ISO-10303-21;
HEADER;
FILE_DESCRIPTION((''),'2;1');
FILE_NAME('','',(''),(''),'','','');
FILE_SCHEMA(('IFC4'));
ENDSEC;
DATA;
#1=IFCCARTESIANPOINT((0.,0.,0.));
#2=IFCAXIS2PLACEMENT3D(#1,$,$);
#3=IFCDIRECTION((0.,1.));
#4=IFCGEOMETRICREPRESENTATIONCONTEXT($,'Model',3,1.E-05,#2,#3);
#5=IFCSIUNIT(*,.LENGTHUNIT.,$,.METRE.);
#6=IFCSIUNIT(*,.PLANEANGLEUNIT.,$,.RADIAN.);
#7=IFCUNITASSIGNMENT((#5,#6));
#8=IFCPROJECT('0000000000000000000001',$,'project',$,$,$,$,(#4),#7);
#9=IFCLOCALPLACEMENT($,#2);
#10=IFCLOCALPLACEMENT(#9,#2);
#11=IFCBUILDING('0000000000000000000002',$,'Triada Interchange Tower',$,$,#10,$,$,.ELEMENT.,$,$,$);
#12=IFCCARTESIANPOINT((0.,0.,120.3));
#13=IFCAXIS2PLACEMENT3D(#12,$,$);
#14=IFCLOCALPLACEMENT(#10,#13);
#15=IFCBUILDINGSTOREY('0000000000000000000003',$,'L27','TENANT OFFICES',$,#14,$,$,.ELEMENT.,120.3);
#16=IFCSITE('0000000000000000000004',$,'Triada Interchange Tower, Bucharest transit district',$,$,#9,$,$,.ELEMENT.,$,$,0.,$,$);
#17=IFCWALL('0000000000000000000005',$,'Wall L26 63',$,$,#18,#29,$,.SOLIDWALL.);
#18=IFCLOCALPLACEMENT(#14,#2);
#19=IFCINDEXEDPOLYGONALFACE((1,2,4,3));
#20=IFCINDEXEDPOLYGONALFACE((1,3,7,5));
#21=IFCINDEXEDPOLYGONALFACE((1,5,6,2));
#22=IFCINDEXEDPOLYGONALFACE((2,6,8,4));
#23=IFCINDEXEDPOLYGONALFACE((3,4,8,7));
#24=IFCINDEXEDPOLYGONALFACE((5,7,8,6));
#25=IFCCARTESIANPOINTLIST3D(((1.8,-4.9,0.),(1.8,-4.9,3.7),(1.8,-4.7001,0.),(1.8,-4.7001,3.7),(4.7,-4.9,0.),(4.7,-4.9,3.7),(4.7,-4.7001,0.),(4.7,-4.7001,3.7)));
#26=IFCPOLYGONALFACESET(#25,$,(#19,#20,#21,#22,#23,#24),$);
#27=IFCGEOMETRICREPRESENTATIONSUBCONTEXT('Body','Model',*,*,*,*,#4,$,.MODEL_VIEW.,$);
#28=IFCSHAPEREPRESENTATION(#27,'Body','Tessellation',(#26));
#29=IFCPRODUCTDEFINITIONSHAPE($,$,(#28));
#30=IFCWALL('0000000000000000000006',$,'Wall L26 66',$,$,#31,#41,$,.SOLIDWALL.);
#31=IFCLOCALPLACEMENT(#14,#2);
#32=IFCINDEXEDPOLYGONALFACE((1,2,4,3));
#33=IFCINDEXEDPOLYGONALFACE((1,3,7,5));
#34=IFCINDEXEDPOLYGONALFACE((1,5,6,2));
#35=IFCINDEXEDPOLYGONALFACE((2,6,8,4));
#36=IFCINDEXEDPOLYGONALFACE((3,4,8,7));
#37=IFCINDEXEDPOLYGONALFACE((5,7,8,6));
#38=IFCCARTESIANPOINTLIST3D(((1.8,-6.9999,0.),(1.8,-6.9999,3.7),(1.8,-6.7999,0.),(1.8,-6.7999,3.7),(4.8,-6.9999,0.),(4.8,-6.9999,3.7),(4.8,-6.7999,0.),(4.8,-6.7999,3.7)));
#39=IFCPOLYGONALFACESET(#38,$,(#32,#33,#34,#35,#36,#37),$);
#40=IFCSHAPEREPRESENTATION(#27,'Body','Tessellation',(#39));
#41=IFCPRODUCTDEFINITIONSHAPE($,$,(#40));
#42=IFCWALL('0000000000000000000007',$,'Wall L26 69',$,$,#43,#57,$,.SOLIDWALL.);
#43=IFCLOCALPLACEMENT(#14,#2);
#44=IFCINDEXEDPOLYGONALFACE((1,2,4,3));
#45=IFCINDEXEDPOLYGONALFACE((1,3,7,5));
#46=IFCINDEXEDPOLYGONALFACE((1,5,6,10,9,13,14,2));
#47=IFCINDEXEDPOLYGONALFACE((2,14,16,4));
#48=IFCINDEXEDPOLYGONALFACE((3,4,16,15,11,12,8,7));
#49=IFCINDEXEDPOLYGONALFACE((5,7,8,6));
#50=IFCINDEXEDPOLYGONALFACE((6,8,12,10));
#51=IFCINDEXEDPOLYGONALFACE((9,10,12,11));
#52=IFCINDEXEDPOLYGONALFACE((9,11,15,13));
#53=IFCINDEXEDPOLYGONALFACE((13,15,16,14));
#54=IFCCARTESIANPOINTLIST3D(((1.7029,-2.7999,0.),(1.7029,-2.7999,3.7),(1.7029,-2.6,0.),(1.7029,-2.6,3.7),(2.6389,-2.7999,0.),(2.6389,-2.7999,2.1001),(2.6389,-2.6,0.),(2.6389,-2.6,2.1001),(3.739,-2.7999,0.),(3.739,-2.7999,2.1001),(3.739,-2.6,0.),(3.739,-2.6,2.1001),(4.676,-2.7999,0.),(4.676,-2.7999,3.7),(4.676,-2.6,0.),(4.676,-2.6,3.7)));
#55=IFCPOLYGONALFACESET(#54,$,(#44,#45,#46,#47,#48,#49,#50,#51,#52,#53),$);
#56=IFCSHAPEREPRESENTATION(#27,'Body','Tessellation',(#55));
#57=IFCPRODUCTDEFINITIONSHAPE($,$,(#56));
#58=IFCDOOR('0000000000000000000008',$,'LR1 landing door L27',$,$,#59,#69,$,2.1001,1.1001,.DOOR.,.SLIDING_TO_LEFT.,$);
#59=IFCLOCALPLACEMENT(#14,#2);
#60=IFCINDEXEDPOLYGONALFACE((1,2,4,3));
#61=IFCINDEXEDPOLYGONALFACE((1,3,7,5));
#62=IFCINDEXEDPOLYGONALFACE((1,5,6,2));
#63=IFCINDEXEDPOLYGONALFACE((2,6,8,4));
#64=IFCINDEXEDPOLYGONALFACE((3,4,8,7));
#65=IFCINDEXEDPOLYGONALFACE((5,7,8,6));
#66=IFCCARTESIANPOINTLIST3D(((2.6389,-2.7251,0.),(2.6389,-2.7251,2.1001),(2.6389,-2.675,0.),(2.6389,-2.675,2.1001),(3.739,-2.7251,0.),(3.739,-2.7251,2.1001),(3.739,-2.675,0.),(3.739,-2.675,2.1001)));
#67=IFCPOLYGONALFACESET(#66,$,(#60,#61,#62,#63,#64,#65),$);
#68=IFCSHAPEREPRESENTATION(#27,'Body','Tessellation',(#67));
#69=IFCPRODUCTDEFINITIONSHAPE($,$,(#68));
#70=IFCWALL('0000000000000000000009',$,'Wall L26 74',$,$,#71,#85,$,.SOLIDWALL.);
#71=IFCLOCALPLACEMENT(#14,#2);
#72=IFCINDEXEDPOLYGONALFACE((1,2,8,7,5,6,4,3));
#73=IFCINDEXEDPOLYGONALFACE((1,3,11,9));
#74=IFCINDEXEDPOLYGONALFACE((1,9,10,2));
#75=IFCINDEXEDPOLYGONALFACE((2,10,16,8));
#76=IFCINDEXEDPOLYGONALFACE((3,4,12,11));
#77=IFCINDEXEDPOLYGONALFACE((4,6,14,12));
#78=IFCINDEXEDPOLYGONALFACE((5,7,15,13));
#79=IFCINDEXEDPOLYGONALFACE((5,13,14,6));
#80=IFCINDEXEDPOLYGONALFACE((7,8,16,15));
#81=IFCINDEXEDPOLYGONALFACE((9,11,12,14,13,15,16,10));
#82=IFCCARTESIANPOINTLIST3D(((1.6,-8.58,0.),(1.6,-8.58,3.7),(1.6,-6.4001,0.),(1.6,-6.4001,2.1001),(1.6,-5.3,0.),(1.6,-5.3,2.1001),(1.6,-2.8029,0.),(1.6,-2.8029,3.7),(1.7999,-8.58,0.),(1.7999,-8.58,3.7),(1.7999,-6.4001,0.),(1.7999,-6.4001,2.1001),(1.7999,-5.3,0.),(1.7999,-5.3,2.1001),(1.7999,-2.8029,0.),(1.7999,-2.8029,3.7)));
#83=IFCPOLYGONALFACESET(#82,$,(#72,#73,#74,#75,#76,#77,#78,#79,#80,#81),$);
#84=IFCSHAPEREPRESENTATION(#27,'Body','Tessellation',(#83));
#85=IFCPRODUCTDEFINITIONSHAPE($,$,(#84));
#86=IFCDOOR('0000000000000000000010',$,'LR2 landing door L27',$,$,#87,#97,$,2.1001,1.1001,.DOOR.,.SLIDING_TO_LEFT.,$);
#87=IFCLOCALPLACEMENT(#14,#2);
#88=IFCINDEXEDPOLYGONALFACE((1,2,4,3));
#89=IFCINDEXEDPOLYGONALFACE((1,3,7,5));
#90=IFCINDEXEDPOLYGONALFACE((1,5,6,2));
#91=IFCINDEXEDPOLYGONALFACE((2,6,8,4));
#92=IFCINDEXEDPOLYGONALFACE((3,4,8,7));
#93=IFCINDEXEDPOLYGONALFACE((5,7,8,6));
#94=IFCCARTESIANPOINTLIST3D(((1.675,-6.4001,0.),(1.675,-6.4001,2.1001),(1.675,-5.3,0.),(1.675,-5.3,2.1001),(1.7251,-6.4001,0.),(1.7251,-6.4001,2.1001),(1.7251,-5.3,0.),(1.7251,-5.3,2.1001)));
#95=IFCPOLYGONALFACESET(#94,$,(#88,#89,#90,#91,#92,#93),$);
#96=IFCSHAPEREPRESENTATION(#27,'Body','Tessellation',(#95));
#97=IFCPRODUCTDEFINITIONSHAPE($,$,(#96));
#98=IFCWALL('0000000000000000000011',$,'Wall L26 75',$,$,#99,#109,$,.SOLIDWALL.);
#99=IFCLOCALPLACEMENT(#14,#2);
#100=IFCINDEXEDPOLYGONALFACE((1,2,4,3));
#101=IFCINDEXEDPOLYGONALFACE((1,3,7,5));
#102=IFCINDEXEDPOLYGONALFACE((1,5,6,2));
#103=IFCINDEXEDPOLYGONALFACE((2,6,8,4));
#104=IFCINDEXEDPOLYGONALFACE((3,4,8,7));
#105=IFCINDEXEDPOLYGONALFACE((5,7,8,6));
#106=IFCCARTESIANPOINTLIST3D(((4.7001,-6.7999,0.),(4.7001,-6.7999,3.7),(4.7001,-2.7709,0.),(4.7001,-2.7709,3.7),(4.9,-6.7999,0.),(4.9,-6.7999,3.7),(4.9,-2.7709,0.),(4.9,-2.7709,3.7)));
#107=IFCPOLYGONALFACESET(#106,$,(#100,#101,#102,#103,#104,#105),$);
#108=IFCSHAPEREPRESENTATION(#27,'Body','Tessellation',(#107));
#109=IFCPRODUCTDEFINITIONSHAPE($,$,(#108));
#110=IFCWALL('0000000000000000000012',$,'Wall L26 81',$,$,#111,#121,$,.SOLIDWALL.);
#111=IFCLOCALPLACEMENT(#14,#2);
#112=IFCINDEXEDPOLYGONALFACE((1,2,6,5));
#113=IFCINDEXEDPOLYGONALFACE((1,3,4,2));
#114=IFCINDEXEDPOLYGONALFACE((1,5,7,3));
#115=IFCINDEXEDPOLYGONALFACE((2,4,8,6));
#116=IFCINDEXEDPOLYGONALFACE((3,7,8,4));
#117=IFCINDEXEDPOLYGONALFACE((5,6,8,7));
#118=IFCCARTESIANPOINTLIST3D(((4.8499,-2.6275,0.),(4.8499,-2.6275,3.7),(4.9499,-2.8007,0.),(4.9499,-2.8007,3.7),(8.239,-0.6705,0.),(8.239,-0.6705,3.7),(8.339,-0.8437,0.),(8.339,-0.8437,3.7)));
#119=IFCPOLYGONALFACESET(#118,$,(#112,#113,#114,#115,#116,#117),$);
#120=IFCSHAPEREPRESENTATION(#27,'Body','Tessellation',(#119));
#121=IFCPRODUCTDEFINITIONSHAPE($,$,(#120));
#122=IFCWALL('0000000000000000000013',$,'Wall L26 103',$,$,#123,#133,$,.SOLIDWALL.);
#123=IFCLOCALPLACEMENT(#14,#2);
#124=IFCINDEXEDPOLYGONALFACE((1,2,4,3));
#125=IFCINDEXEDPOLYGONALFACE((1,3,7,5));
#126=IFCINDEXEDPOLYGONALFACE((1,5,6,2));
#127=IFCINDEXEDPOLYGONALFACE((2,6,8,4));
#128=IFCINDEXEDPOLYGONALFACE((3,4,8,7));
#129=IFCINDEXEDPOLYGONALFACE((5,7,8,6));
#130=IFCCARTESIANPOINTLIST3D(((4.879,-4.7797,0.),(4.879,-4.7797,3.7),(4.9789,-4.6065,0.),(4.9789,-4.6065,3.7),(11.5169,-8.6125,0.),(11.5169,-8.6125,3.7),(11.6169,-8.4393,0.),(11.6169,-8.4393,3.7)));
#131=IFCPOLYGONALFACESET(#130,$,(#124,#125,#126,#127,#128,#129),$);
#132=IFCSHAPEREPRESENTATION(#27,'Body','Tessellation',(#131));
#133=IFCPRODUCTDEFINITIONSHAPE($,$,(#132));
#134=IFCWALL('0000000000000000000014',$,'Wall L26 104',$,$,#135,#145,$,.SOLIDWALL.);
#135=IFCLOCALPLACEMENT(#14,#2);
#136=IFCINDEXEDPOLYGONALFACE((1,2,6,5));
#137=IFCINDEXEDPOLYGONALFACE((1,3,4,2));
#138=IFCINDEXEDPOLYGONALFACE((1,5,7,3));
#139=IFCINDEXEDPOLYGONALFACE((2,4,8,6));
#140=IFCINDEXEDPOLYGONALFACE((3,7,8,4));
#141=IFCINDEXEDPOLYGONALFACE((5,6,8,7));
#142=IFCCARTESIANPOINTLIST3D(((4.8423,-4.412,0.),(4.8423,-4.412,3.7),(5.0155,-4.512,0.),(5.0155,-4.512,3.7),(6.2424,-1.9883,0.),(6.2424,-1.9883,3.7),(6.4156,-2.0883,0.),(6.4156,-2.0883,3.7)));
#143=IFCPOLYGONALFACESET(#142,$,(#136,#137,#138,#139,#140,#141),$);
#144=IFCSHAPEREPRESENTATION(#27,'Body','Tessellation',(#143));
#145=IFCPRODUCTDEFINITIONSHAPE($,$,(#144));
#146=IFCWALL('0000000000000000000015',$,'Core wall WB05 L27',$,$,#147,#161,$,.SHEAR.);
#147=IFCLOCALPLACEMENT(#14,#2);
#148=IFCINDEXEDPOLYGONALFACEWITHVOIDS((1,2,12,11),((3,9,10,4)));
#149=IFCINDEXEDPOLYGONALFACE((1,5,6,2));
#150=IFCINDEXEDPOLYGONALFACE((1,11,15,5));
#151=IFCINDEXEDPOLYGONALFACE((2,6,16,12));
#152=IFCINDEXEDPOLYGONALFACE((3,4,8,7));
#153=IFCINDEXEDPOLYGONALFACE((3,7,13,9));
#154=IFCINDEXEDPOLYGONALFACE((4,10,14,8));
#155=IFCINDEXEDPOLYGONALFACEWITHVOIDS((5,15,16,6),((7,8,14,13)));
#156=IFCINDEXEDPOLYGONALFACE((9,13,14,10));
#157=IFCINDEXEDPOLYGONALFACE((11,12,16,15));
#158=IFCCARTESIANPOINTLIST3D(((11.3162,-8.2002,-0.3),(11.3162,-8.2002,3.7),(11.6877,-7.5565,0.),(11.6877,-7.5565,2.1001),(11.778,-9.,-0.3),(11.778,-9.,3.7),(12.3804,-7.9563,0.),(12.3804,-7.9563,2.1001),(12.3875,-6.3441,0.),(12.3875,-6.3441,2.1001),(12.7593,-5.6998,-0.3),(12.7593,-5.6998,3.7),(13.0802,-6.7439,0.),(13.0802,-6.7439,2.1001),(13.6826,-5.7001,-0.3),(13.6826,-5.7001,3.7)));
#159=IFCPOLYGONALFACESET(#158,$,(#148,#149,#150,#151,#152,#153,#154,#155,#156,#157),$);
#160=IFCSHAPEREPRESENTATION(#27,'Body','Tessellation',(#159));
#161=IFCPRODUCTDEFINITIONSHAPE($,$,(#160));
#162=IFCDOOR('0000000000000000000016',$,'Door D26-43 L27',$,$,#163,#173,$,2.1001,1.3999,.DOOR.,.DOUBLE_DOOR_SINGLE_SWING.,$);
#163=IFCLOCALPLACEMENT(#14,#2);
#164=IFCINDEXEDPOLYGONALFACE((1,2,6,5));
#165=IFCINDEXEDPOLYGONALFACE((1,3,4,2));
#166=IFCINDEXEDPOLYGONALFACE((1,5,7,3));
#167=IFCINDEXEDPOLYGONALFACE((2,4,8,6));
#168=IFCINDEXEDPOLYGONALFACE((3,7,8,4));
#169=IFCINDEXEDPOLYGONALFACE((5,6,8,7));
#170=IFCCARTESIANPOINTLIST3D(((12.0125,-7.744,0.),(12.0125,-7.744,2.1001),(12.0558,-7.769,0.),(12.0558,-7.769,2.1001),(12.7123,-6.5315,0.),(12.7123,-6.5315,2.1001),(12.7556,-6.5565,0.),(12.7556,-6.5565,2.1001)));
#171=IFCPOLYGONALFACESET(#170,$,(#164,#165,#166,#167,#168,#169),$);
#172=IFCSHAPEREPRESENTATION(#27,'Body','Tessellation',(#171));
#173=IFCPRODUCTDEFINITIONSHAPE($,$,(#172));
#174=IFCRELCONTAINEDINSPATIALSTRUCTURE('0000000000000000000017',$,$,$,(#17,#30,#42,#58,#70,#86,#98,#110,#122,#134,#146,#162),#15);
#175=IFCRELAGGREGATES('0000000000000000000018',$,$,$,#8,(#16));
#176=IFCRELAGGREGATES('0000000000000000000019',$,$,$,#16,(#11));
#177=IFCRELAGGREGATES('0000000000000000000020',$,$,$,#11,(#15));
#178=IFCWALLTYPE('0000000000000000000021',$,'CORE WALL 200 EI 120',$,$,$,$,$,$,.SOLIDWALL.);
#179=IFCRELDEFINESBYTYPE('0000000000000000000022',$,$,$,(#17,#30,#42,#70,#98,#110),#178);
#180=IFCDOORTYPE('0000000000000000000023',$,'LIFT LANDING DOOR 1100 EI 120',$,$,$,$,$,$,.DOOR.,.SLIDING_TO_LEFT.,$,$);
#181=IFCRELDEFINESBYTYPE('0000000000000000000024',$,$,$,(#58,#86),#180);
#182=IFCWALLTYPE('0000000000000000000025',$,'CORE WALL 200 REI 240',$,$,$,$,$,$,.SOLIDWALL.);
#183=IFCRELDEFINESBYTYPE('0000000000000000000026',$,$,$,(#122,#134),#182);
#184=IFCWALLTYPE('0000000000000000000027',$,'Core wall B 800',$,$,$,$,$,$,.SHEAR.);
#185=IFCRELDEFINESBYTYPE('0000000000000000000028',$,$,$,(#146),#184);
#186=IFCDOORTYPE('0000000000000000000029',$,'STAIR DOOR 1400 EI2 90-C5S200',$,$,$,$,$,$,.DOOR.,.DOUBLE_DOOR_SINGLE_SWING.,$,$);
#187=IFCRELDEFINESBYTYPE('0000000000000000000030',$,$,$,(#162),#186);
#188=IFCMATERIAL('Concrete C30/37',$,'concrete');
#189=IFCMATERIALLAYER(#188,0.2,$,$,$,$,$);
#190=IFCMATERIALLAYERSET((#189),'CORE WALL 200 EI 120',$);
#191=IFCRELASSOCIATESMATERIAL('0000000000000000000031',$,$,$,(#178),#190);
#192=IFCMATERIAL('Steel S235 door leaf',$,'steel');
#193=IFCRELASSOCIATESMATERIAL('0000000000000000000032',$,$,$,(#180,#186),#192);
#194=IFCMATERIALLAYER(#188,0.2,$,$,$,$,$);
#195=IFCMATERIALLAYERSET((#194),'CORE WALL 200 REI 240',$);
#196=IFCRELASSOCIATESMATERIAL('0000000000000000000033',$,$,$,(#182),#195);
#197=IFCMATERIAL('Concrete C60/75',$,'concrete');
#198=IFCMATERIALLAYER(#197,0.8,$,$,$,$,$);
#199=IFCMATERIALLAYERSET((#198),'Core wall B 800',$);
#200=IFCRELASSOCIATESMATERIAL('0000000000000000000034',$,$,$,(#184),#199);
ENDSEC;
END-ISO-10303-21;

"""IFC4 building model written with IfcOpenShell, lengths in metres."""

from ifc_helpers import new_model, si_unit, direction, frame, frame_2d, origin, place, context, subcontext, project, spatial, polyline, rectangle, outline, extrude, material, layer, layer_set, type_object, element, fill, save


model = new_model("IFC4")

# Units and contexts
model_context = context("Model", 3, precision=1e-05, world=origin(), true_north=direction((0.0, 1.0)))
body_context = subcontext(model_context, "Body", "Model", "MODEL_VIEW")
ifc_project = project(units=[si_unit("LENGTHUNIT", "METRE"), si_unit("PLANEANGLEUNIT", "RADIAN")], contexts=[model_context])

# Site, building, storey
site_placement = place(None, origin())
site = spatial("IfcSite", under=ifc_project, at=site_placement, Name="Triada Interchange Tower, Bucharest transit district", CompositionType="ELEMENT", RefElevation=0.0)
building_placement = place(site_placement, origin())
building = spatial("IfcBuilding", under=site, at=building_placement, Name="Triada Interchange Tower", CompositionType="ELEMENT")
storey_placement = place(building_placement, frame((0.0, 0.0, 120.3)))
storey = spatial("IfcBuildingStorey", under=building, at=storey_placement, Name="L27", Description="TENANT OFFICES", CompositionType="ELEMENT", Elevation=120.3)

# Walls
ifc_material_1 = material(Name="Concrete C30/37", Category="concrete")
ifc_layer_1 = layer(ifc_material_1, 0.2)
ifc_layer_set_1 = layer_set([ifc_layer_1], Name="CORE WALL 200 EI 120")
wall_type_1 = type_object("IfcWallType", Name="CORE WALL 200 EI 120", PredefinedType="SOLIDWALL", material=ifc_layer_set_1)
wall_1_placement = place(storey_placement, frame((1.8, -4.8, 0.0), z_axis=(0.0, 0.0, 1.0), x_axis=(1.0, 0.0, 0.0)))
element("IfcWall", 1, at=wall_1_placement, inside=storey, type_object=wall_type_1, Name="Wall L26 63", PredefinedType="SOLIDWALL", context=body_context, shape_type="SweptSolid", body=[
    extrude(rectangle(XDim=2.8999, YDim=0.2, at=frame_2d((1.45, 0.0))), origin(), (0.0, 0.0, 1.0), 3.7),
])
wall_2_placement = place(storey_placement, frame((1.8, -6.8999, 0.0), z_axis=(0.0, 0.0, 1.0), x_axis=(1.0, 0.0, 0.0)))
element("IfcWall", 2, at=wall_2_placement, inside=storey, type_object=wall_type_1, Name="Wall L26 66", PredefinedType="SOLIDWALL", context=body_context, shape_type="SweptSolid", body=[
    extrude(rectangle(XDim=3.0, YDim=0.2, at=frame_2d((1.5, 0.0))), origin(), (0.0, 0.0, 1.0), 3.7),
])

# Walls, openings, doors
wall_3_placement = place(storey_placement, frame((1.7029, -2.7, 0.0), z_axis=(0.0, 0.0, 1.0), x_axis=(1.0, 0.0, 0.0)))
wall_3 = element("IfcWall", 3, at=wall_3_placement, inside=storey, type_object=wall_type_1, Name="Wall L26 69", PredefinedType="SOLIDWALL", context=body_context, shape_type="SweptSolid", body=[
    extrude(rectangle(XDim=2.9731, YDim=0.2, at=frame_2d((1.4866, 0.0))), origin(), (0.0, 0.0, 1.0), 3.7),
])
opening_1_placement = place(wall_3_placement, frame((0.936, 0.0, 0.0)))
opening_1 = element("IfcOpeningElement", 4, at=opening_1_placement, cuts=wall_3, PredefinedType="OPENING", context=body_context, shape_type="SweptSolid", body=[
    extrude(rectangle(XDim=1.1001, YDim=2.1001, at=frame_2d((0.55, 1.05))), frame((0.0, 0.1099, 0.0), z_axis=(0.0, -1.0, 0.0), x_axis=(1.0, 0.0, 0.0)), (0.0, 0.0, 1.0), 0.22),
])
ifc_material_2 = material(Name="Steel S235 door leaf", Category="steel")
door_type_1 = type_object("IfcDoorType", Name="LIFT LANDING DOOR 1100 EI 120", OperationType="SLIDING_TO_LEFT", PredefinedType="DOOR", material=ifc_material_2)
door_1_placement = place(opening_1_placement, origin())
door_1 = element("IfcDoor", 5, at=door_1_placement, inside=storey, type_object=door_type_1, Name="LR1 landing door L27", OperationType="SLIDING_TO_LEFT", OverallHeight=2.1001, OverallWidth=1.1001, PredefinedType="DOOR", context=body_context, shape_type="SweptSolid", body=[
    extrude(rectangle(XDim=1.1001, YDim=2.1001, at=frame_2d((0.55, 1.05))), frame((0.0, 0.0249, 0.0), z_axis=(0.0, -1.0, 0.0), x_axis=(1.0, 0.0, 0.0)), (0.0, 0.0, 1.0), 0.05),
])
fill(opening_1, door_1)
wall_4_placement = place(storey_placement, frame((1.7, -8.5801, 0.0), z_axis=(0.0, 0.0, 1.0), x_axis=(0.0, 1.0, 0.0)))
wall_4 = element("IfcWall", 6, at=wall_4_placement, inside=storey, type_object=wall_type_1, Name="Wall L26 74", PredefinedType="SOLIDWALL", context=body_context, shape_type="SweptSolid", body=[
    extrude(rectangle(XDim=5.7771, YDim=0.2, at=frame_2d((2.8887, 0.0))), origin(), (0.0, 0.0, 1.0), 3.7),
])
opening_2_placement = place(wall_4_placement, frame((2.1799, 0.0, 0.0)))
opening_2 = element("IfcOpeningElement", 7, at=opening_2_placement, cuts=wall_4, PredefinedType="OPENING", context=body_context, shape_type="SweptSolid", body=[
    extrude(rectangle(XDim=1.1001, YDim=2.1001, at=frame_2d((0.55, 1.05))), frame((0.0, 0.1099, 0.0), z_axis=(0.0, -1.0, 0.0), x_axis=(1.0, 0.0, 0.0)), (0.0, 0.0, 1.0), 0.22),
])
door_2_placement = place(opening_2_placement, origin())
door_2 = element("IfcDoor", 8, at=door_2_placement, inside=storey, type_object=door_type_1, Name="LR2 landing door L27", OperationType="SLIDING_TO_LEFT", OverallHeight=2.1001, OverallWidth=1.1001, PredefinedType="DOOR", context=body_context, shape_type="SweptSolid", body=[
    extrude(rectangle(XDim=1.1001, YDim=2.1001, at=frame_2d((0.55, 1.05))), frame((0.0, 0.0249, 0.0), z_axis=(0.0, -1.0, 0.0), x_axis=(1.0, 0.0, 0.0)), (0.0, 0.0, 1.0), 0.05),
])
fill(opening_2, door_2)

# Walls
wall_5_placement = place(storey_placement, frame((4.8, -6.8, 0.0), z_axis=(0.0, 0.0, 1.0), x_axis=(0.0, 1.0, 0.0)))
element("IfcWall", 9, at=wall_5_placement, inside=storey, type_object=wall_type_1, Name="Wall L26 75", PredefinedType="SOLIDWALL", context=body_context, shape_type="SweptSolid", body=[
    extrude(rectangle(XDim=4.0291, YDim=0.2, at=frame_2d((2.0146, 0.0))), origin(), (0.0, 0.0, 1.0), 3.7),
])
wall_6_placement = place(storey_placement, frame((4.8999, -2.7141, 0.0), z_axis=(0.0, 0.0, 1.0), x_axis=(0.865992, 0.500057, 0.0)))
element("IfcWall", 10, at=wall_6_placement, inside=storey, type_object=wall_type_1, Name="Wall L26 81", PredefinedType="SOLIDWALL", context=body_context, shape_type="SweptSolid", body=[
    extrude(rectangle(XDim=3.9136, YDim=0.2, at=frame_2d((1.9568, 0.0))), origin(), (0.0, 0.0, 1.0), 3.7),
])
ifc_layer_2 = layer(ifc_material_1, 0.2)
ifc_layer_set_2 = layer_set([ifc_layer_2], Name="CORE WALL 200 REI 240")
wall_type_2 = type_object("IfcWallType", Name="CORE WALL 200 REI 240", PredefinedType="SOLIDWALL", material=ifc_layer_set_2)
wall_7_placement = place(storey_placement, frame((4.929, -4.6931, 0.0), z_axis=(0.0, 0.0, 1.0), x_axis=(0.866006, -0.500034, 0.0)))
element("IfcWall", 11, at=wall_7_placement, inside=storey, type_object=wall_type_2, Name="Wall L26 103", PredefinedType="SOLIDWALL", context=body_context, shape_type="SweptSolid", body=[
    extrude(rectangle(XDim=7.665, YDim=0.2, at=frame_2d((3.8325, 0.0))), origin(), (0.0, 0.0, 1.0), 3.7),
])
wall_8_placement = place(storey_placement, frame((4.929, -4.4619, 0.0), z_axis=(0.0, 0.0, 1.0), x_axis=(0.500201, 0.86591, 0.0)))
element("IfcWall", 12, at=wall_8_placement, inside=storey, type_object=wall_type_2, Name="Wall L26 104", PredefinedType="SOLIDWALL", context=body_context, shape_type="SweptSolid", body=[
    extrude(rectangle(XDim=2.7991, YDim=0.2, at=frame_2d((1.3994, 0.0))), origin(), (0.0, 0.0, 1.0), 3.7),
])

# Wall, opening, door
ifc_material_3 = material(Name="Concrete C60/75", Category="concrete")
ifc_layer_3 = layer(ifc_material_3, 0.8)
ifc_layer_set_3 = layer_set([ifc_layer_3], Name="Core wall B 800")
wall_type_3 = type_object("IfcWallType", Name="Core wall B 800", PredefinedType="SHEAR", material=ifc_layer_set_3)
wall_9_placement = place(storey_placement, frame((11.5471, -8.6001, -0.3), z_axis=(0.0, 0.0, 1.0), x_axis=(0.499872, 0.866099, 0.0)))
wall_9 = element("IfcWall", 13, at=wall_9_placement, inside=storey, type_object=wall_type_3, Name="Core wall WB05 L27", PredefinedType="SHEAR", context=body_context, shape_type="SweptSolid", body=[
    extrude(outline(polyline([(-0.231, -0.3999), (1.6741, -0.3999), (3.5791, -0.3999), (3.1179, 0.3999), (1.6743, 0.3999), (0.231, 0.3999), (-0.231, -0.3999)])), origin(), (0.0, 0.0, 1.0), 4.0),
])
opening_3_placement = place(wall_9_placement, frame((0.9741, 0.0, 0.3)))
opening_3 = element("IfcOpeningElement", 14, at=opening_3_placement, cuts=wall_9, PredefinedType="OPENING", context=body_context, shape_type="SweptSolid", body=[
    extrude(rectangle(XDim=1.3999, YDim=2.1001, at=frame_2d((0.7, 1.05))), frame((0.0, 0.4099, 0.0), z_axis=(0.0, -1.0, 0.0), x_axis=(1.0, 0.0, 0.0)), (0.0, 0.0, 1.0), 0.8201),
])
door_type_2 = type_object("IfcDoorType", Name="STAIR DOOR 1400 EI2 90-C5S200", OperationType="DOUBLE_DOOR_SINGLE_SWING", PredefinedType="DOOR", material=ifc_material_2)
door_3_placement = place(opening_3_placement, origin())
door_3 = element("IfcDoor", 15, at=door_3_placement, inside=storey, type_object=door_type_2, Name="Door D26-43 L27", OperationType="DOUBLE_DOOR_SINGLE_SWING", OverallHeight=2.1001, OverallWidth=1.3999, PredefinedType="DOOR", context=body_context, shape_type="SweptSolid", body=[
    extrude(rectangle(XDim=1.3999, YDim=2.1001, at=frame_2d((0.7, 1.05))), frame((0.0, 0.0249, 0.0), z_axis=(0.0, -1.0, 0.0), x_axis=(1.0, 0.0, 0.0)), (0.0, 0.0, 1.0), 0.05),
])
fill(opening_3, door_3)

save(model, "model.ifc")
